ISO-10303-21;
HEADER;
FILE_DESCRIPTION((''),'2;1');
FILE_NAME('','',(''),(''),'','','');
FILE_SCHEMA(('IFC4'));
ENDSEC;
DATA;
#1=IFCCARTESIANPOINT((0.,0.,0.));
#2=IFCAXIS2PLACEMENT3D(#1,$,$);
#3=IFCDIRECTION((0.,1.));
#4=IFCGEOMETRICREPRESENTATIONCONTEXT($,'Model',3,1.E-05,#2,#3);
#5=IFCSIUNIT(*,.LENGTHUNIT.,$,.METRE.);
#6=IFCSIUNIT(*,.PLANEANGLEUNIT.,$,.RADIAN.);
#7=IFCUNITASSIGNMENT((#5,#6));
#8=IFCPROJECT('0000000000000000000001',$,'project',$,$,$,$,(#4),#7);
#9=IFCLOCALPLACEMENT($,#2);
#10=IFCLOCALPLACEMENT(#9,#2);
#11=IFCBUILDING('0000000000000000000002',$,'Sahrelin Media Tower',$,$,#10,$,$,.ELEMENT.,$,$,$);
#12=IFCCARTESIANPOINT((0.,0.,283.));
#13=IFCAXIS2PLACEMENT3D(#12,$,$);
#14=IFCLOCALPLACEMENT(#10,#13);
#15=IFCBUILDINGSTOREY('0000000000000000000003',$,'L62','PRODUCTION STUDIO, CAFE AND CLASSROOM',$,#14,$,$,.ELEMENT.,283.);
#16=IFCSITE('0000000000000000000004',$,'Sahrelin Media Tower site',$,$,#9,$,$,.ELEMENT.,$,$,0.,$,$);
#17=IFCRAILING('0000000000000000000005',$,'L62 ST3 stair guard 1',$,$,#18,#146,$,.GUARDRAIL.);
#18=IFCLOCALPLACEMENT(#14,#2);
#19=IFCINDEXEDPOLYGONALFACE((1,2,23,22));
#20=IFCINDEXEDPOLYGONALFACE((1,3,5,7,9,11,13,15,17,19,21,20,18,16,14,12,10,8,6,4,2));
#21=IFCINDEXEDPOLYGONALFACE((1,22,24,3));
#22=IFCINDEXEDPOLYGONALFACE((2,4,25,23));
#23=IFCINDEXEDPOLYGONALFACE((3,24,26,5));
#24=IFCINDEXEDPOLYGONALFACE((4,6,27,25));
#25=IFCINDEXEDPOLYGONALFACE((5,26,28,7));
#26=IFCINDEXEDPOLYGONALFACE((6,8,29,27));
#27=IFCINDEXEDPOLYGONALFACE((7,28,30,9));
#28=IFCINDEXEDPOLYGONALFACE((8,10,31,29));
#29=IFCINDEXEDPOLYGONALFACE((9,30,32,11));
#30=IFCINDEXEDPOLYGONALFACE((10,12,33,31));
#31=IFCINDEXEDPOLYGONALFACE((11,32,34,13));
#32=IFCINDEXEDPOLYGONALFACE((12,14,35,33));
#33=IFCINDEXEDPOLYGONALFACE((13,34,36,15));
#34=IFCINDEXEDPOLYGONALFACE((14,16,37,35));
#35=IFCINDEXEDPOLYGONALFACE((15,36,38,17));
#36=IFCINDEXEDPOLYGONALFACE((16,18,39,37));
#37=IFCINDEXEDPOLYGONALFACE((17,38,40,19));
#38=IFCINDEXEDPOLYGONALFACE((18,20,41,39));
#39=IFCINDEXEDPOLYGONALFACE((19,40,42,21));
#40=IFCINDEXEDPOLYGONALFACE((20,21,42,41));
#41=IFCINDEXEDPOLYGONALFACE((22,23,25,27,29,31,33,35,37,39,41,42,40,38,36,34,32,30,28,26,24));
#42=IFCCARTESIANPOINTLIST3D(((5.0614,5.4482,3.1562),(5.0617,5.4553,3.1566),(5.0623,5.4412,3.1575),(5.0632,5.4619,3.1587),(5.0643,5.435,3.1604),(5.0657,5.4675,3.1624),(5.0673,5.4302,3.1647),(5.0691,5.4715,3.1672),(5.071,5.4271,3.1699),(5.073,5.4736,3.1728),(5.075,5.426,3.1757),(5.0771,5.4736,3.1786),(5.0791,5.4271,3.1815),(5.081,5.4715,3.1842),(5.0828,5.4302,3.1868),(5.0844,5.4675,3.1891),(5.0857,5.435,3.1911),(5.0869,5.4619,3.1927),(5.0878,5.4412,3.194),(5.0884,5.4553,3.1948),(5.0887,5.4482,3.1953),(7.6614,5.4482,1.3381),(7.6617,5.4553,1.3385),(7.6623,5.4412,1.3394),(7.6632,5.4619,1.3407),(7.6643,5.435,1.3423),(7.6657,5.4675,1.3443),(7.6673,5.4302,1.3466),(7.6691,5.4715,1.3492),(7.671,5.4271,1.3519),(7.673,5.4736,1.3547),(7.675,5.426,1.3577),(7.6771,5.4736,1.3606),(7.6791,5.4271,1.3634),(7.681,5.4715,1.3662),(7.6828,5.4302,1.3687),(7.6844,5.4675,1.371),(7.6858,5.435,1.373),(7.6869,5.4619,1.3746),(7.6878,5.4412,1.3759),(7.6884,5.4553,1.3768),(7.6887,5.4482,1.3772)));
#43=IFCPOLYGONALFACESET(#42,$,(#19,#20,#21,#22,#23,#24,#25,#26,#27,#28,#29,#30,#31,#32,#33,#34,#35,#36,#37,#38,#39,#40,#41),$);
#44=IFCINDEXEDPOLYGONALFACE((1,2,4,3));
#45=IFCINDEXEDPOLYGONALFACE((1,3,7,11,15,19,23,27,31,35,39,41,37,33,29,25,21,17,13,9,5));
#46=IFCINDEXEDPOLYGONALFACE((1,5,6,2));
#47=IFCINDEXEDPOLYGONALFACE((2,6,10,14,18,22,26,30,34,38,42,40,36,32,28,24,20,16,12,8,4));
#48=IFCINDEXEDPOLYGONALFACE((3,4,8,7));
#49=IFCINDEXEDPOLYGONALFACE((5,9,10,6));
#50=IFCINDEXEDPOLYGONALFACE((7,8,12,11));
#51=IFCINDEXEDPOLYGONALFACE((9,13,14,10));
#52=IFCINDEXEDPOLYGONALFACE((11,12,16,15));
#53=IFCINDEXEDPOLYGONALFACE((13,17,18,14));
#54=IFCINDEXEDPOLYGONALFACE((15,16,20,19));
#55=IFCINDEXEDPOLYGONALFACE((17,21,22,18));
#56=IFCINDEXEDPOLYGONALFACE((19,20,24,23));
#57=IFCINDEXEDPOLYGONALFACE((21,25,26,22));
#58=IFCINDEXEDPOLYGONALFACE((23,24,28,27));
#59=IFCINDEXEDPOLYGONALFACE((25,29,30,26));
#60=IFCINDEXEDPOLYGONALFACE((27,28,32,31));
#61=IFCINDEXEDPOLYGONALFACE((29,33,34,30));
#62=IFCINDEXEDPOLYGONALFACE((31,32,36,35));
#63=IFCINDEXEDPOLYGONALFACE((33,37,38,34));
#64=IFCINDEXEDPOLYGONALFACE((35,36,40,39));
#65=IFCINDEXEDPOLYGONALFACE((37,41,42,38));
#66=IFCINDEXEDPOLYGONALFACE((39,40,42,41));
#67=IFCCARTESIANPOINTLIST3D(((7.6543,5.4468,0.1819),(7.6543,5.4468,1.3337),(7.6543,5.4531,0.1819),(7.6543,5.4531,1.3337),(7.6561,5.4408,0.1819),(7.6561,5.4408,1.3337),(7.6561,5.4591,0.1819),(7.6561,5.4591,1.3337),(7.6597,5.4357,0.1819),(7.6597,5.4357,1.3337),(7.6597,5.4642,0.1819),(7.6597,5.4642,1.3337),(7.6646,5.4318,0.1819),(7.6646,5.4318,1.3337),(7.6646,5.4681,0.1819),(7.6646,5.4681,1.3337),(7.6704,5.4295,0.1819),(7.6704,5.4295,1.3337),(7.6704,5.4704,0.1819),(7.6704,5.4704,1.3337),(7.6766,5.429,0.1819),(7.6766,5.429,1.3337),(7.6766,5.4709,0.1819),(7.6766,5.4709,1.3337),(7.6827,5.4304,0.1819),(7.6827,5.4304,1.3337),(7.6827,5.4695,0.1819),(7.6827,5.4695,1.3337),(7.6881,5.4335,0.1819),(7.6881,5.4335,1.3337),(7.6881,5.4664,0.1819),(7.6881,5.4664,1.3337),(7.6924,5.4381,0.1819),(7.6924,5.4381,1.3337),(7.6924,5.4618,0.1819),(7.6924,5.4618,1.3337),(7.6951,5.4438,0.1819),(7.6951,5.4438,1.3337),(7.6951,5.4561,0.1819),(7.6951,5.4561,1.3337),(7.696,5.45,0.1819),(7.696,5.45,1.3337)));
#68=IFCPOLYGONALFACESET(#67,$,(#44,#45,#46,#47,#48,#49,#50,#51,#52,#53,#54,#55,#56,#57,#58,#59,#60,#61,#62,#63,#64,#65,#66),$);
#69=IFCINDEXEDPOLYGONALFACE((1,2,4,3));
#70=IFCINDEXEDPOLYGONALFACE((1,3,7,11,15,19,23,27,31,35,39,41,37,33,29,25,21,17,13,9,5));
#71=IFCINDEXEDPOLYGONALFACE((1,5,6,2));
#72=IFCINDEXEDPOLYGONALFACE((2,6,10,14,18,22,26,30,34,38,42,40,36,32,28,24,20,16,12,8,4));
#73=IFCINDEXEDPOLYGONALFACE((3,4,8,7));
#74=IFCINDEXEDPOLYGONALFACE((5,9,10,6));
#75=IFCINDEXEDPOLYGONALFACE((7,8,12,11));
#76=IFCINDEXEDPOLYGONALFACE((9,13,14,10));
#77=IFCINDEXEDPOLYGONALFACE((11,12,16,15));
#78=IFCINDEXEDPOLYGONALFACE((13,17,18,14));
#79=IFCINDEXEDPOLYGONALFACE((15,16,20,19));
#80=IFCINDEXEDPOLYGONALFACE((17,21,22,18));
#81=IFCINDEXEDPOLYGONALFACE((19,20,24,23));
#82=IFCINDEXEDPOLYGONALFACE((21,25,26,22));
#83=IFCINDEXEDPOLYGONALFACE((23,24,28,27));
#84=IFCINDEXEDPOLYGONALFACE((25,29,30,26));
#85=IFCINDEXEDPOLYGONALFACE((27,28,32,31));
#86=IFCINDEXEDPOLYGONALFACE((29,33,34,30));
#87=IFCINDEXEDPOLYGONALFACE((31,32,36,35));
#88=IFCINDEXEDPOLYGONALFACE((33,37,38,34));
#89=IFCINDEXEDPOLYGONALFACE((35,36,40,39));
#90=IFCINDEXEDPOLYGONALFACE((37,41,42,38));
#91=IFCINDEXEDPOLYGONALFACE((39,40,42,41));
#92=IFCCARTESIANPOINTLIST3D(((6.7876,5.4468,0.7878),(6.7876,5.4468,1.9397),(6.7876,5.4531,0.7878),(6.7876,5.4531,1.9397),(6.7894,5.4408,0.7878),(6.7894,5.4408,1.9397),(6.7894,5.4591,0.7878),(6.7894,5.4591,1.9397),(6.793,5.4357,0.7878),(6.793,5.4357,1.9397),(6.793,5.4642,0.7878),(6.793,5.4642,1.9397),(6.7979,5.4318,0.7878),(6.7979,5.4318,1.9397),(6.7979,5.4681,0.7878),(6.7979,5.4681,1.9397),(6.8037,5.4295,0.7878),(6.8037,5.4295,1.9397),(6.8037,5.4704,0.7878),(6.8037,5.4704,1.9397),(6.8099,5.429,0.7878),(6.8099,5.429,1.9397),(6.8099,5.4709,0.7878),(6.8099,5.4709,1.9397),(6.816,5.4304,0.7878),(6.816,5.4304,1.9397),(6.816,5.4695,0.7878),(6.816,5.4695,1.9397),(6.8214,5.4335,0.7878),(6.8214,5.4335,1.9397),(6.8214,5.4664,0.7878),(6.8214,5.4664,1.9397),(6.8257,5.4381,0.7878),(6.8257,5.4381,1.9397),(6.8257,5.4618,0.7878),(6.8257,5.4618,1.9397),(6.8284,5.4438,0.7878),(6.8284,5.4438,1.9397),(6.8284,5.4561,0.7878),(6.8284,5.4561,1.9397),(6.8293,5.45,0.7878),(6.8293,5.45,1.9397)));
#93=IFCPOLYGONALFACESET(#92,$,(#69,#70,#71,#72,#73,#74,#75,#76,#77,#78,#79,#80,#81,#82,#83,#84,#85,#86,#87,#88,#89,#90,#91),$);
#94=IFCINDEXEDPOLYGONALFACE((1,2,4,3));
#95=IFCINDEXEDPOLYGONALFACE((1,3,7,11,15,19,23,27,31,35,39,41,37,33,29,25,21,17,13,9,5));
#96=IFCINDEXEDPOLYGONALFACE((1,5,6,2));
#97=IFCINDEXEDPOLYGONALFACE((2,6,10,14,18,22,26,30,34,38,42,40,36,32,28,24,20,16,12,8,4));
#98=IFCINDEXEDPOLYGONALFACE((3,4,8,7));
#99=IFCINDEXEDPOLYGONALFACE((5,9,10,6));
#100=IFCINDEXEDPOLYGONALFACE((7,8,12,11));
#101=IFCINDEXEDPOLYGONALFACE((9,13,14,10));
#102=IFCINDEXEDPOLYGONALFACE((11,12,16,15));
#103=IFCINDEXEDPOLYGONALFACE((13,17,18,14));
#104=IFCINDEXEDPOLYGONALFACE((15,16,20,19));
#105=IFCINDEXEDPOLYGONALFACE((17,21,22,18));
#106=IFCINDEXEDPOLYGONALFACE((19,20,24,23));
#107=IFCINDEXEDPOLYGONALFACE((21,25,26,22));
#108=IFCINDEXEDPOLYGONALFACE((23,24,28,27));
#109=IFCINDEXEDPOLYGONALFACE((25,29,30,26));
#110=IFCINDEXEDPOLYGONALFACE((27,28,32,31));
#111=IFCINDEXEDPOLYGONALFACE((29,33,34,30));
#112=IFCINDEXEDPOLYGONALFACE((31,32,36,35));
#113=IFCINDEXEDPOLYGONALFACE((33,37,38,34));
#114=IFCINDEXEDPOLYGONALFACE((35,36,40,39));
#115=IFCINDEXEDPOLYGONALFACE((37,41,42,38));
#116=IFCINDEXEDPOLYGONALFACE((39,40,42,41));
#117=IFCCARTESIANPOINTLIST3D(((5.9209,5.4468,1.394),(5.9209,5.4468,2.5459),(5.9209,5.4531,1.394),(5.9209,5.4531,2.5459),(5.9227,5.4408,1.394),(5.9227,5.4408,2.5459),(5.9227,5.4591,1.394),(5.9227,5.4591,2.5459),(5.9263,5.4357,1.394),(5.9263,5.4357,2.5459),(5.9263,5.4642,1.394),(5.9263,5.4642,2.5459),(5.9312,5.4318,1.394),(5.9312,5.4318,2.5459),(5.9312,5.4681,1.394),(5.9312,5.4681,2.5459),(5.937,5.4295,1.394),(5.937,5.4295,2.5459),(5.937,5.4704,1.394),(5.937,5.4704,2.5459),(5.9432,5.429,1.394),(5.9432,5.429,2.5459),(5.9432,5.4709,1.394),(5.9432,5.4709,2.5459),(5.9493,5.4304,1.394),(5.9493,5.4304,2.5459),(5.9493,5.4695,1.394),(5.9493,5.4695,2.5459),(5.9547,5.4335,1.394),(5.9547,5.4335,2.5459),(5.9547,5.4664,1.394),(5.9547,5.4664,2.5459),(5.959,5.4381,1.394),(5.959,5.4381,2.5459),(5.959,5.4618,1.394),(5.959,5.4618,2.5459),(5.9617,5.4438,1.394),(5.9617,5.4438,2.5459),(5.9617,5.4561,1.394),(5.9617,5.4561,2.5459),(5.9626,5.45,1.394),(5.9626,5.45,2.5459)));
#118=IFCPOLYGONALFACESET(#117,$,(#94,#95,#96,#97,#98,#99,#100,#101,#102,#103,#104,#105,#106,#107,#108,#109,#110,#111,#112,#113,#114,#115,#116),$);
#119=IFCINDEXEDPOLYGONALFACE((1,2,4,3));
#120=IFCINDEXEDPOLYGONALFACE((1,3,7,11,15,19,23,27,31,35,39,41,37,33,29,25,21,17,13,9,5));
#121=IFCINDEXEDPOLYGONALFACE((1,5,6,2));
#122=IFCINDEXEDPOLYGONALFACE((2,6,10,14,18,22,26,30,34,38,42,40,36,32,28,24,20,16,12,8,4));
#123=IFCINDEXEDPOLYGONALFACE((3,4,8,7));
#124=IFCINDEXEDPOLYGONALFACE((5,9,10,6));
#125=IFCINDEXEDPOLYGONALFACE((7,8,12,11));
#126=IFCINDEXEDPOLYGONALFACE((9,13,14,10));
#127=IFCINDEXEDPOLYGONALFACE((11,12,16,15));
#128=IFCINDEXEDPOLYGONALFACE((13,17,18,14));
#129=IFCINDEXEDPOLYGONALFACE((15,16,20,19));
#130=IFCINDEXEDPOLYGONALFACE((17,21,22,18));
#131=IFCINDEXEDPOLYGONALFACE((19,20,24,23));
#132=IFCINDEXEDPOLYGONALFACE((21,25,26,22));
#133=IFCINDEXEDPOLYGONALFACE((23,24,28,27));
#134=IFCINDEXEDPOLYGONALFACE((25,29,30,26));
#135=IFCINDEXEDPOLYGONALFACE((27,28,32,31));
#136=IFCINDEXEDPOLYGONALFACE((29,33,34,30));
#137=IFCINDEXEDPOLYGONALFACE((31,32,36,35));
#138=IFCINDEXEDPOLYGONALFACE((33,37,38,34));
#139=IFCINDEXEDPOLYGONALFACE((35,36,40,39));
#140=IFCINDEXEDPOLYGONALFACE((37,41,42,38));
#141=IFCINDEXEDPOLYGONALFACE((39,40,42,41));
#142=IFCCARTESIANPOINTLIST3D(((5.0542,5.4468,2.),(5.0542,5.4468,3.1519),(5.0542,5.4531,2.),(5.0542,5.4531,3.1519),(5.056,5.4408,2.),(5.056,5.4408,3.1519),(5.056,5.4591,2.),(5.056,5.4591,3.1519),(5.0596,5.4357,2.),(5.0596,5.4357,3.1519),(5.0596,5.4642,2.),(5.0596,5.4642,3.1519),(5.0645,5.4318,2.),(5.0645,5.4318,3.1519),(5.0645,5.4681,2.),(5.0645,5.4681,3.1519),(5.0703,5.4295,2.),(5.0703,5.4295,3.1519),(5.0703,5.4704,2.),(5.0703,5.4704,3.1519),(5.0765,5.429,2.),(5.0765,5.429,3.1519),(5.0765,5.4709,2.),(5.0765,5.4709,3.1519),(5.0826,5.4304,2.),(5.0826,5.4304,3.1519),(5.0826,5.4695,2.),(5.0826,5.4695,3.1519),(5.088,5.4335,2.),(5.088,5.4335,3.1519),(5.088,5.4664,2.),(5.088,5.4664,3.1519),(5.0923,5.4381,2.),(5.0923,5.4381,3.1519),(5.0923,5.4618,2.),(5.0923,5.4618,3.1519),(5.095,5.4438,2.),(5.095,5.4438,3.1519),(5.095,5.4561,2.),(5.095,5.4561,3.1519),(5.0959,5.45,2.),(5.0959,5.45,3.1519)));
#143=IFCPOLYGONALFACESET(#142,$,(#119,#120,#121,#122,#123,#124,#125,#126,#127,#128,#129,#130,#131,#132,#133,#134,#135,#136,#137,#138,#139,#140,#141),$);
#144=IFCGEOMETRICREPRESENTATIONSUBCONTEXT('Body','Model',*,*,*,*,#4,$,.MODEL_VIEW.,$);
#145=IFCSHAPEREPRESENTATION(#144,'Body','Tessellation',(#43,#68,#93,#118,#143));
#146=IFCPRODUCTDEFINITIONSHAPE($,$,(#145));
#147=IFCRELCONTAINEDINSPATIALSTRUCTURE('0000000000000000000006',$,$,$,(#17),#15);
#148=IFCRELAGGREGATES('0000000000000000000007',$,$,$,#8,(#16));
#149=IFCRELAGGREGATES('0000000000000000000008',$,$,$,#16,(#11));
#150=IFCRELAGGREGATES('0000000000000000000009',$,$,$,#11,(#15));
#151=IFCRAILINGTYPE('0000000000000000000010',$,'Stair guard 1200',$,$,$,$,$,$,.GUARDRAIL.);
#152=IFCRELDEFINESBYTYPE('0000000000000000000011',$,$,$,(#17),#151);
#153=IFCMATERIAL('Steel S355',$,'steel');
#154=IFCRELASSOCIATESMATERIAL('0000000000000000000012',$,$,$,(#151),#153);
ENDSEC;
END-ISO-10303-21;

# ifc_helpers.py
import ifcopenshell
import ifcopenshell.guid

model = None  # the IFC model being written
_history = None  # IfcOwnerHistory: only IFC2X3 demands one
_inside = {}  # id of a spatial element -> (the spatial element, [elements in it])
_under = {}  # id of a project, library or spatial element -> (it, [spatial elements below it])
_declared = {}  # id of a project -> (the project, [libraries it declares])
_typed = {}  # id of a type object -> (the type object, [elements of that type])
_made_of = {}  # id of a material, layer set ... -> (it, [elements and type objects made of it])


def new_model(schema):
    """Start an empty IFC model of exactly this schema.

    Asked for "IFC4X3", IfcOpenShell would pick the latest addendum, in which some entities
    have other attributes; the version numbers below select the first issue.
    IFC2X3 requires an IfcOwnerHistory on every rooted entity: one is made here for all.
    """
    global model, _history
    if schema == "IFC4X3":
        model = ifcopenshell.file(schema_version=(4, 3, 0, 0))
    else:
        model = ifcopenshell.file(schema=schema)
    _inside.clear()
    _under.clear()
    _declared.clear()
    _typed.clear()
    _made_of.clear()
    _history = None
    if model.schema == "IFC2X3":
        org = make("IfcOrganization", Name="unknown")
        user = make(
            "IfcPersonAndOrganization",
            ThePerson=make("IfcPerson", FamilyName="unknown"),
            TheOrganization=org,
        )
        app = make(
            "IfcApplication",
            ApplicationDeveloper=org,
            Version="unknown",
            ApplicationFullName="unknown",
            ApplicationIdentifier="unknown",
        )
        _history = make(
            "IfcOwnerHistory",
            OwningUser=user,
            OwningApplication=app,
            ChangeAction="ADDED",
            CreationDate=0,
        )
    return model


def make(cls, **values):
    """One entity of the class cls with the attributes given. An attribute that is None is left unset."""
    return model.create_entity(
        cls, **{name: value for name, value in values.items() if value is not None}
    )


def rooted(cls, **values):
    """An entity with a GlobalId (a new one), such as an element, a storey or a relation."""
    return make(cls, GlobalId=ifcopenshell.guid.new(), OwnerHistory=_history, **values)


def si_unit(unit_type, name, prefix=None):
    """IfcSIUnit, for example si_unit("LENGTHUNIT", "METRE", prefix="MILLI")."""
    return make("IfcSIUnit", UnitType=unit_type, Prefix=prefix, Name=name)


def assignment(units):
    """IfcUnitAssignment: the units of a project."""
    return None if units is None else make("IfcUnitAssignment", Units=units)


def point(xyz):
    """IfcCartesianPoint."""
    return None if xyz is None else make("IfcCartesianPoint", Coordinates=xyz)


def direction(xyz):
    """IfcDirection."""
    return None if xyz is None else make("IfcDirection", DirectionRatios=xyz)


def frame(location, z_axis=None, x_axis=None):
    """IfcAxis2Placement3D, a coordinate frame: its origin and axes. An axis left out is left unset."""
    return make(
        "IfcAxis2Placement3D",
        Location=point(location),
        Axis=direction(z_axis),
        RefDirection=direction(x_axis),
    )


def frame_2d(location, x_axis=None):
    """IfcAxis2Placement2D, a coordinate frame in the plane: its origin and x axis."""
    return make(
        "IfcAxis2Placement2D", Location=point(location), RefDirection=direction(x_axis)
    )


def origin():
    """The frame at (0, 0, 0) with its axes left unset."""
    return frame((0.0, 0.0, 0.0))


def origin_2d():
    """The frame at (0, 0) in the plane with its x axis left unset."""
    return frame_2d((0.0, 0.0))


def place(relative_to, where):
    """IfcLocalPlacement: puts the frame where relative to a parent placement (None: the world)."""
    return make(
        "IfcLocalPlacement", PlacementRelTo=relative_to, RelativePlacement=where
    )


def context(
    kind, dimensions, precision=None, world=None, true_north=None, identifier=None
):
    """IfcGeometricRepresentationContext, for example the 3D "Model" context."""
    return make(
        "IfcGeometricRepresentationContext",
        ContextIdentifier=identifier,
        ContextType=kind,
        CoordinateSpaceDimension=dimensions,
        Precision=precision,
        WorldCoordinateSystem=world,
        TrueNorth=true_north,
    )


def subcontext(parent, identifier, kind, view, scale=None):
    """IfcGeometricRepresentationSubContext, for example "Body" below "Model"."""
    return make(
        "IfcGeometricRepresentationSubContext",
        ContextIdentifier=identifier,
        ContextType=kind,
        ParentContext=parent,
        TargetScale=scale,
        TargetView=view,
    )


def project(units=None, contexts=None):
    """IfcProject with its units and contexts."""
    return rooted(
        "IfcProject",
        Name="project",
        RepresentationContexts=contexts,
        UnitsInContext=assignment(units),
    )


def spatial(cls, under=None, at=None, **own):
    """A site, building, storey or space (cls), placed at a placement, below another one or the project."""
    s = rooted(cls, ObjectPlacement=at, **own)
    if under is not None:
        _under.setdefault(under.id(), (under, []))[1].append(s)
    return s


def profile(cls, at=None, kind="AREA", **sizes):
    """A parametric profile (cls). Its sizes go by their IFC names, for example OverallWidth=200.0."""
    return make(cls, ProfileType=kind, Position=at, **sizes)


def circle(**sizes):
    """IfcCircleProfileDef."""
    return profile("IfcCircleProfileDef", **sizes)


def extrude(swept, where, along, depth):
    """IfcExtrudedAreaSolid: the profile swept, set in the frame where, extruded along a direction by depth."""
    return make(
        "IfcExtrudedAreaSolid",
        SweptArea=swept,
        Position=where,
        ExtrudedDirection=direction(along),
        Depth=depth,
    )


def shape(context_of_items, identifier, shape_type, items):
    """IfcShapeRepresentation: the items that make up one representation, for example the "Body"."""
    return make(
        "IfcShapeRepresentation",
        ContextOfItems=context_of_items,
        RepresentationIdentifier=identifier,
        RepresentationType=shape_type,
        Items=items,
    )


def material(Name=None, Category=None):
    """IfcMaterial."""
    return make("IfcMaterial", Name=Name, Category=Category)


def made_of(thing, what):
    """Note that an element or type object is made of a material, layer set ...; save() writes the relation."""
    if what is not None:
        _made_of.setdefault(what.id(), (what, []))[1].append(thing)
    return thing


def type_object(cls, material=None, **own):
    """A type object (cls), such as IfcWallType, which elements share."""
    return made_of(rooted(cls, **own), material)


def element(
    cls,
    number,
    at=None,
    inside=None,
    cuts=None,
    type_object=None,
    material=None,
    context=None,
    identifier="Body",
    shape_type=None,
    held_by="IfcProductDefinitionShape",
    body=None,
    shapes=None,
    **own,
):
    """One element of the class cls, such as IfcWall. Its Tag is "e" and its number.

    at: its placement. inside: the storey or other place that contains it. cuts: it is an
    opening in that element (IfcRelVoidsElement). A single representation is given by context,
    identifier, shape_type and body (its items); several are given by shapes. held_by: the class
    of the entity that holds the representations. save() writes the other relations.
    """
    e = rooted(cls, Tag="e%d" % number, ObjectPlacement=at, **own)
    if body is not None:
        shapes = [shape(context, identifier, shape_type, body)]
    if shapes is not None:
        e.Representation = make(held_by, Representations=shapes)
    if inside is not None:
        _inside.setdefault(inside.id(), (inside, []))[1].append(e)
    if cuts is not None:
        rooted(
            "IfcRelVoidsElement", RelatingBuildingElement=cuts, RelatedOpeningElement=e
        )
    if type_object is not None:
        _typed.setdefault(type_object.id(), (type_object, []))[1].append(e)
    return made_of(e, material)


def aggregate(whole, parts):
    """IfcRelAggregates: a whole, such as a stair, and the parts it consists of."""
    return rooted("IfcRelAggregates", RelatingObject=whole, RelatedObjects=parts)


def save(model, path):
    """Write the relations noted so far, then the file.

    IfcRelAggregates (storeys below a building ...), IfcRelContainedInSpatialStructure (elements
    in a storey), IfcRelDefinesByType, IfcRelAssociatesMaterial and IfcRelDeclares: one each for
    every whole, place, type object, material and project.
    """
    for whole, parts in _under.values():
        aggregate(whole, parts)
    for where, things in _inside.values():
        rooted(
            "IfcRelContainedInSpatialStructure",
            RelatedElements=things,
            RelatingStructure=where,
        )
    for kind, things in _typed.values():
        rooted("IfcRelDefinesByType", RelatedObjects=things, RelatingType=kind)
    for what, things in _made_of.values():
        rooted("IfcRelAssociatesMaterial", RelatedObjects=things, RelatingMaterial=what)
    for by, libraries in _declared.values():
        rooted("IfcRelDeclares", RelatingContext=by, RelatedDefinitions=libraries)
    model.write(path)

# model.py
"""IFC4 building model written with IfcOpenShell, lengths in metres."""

from ifc_helpers import new_model, si_unit, direction, frame, origin, origin_2d, place, context, subcontext, project, spatial, circle, extrude, material, type_object, element, save


model = new_model("IFC4")

# Units and contexts
model_context = context("Model", 3, precision=1e-05, world=origin(), true_north=direction((0.0, 1.0)))
body_context = subcontext(model_context, "Body", "Model", "MODEL_VIEW")
ifc_project = project(units=[si_unit("LENGTHUNIT", "METRE"), si_unit("PLANEANGLEUNIT", "RADIAN")], contexts=[model_context])

# Site, building, storey
site_placement = place(None, origin())
site = spatial("IfcSite", under=ifc_project, at=site_placement, Name="Sahrelin Media Tower site", CompositionType="ELEMENT", RefElevation=0.0)
building_placement = place(site_placement, origin())
building = spatial("IfcBuilding", under=site, at=building_placement, Name="Sahrelin Media Tower", CompositionType="ELEMENT")
storey_placement = place(building_placement, frame((0.0, 0.0, 283.0)))
storey = spatial("IfcBuildingStorey", under=building, at=storey_placement, Name="L62", Description="PRODUCTION STUDIO, CAFE AND CLASSROOM", CompositionType="ELEMENT", Elevation=283.0)

# Shared definitions
ifc_material_1 = material(Name="Steel S355", Category="steel")

# Railing
railing_type_1 = type_object("IfcRailingType", Name="Stair guard 1200", PredefinedType="GUARDRAIL", material=ifc_material_1)
railing_1_placement = place(storey_placement, frame((7.675, 5.45, 0.1819)))
element("IfcRailing", 1, at=railing_1_placement, inside=storey, type_object=railing_type_1, Name="L62 ST3 stair guard 1", PredefinedType="GUARDRAIL", context=body_context, shape_type="SweptSolid", body=[
    extrude(circle(Radius=0.0239, at=origin_2d()), frame((0.0, 0.0, 1.1758), z_axis=(-0.819521, 0.0, 0.573049), x_axis=(0.0, -1.0, 0.0)), (0.0, 0.0, 1.0), 3.1726),
    extrude(circle(Radius=0.021, at=origin_2d()), origin(), (0.0, 0.0, 1.0), 1.1519),
    extrude(circle(Radius=0.021, at=origin_2d()), frame((-0.8667, 0.0, 0.606)), (0.0, 0.0, 1.0), 1.1519),
    extrude(circle(Radius=0.021, at=origin_2d()), frame((-1.7334, 0.0, 1.2122)), (0.0, 0.0, 1.0), 1.1519),
    extrude(circle(Radius=0.021, at=origin_2d()), frame((-2.6001, 0.0, 1.8181)), (0.0, 0.0, 1.0), 1.1519),
])

save(model, "model.ifc")
